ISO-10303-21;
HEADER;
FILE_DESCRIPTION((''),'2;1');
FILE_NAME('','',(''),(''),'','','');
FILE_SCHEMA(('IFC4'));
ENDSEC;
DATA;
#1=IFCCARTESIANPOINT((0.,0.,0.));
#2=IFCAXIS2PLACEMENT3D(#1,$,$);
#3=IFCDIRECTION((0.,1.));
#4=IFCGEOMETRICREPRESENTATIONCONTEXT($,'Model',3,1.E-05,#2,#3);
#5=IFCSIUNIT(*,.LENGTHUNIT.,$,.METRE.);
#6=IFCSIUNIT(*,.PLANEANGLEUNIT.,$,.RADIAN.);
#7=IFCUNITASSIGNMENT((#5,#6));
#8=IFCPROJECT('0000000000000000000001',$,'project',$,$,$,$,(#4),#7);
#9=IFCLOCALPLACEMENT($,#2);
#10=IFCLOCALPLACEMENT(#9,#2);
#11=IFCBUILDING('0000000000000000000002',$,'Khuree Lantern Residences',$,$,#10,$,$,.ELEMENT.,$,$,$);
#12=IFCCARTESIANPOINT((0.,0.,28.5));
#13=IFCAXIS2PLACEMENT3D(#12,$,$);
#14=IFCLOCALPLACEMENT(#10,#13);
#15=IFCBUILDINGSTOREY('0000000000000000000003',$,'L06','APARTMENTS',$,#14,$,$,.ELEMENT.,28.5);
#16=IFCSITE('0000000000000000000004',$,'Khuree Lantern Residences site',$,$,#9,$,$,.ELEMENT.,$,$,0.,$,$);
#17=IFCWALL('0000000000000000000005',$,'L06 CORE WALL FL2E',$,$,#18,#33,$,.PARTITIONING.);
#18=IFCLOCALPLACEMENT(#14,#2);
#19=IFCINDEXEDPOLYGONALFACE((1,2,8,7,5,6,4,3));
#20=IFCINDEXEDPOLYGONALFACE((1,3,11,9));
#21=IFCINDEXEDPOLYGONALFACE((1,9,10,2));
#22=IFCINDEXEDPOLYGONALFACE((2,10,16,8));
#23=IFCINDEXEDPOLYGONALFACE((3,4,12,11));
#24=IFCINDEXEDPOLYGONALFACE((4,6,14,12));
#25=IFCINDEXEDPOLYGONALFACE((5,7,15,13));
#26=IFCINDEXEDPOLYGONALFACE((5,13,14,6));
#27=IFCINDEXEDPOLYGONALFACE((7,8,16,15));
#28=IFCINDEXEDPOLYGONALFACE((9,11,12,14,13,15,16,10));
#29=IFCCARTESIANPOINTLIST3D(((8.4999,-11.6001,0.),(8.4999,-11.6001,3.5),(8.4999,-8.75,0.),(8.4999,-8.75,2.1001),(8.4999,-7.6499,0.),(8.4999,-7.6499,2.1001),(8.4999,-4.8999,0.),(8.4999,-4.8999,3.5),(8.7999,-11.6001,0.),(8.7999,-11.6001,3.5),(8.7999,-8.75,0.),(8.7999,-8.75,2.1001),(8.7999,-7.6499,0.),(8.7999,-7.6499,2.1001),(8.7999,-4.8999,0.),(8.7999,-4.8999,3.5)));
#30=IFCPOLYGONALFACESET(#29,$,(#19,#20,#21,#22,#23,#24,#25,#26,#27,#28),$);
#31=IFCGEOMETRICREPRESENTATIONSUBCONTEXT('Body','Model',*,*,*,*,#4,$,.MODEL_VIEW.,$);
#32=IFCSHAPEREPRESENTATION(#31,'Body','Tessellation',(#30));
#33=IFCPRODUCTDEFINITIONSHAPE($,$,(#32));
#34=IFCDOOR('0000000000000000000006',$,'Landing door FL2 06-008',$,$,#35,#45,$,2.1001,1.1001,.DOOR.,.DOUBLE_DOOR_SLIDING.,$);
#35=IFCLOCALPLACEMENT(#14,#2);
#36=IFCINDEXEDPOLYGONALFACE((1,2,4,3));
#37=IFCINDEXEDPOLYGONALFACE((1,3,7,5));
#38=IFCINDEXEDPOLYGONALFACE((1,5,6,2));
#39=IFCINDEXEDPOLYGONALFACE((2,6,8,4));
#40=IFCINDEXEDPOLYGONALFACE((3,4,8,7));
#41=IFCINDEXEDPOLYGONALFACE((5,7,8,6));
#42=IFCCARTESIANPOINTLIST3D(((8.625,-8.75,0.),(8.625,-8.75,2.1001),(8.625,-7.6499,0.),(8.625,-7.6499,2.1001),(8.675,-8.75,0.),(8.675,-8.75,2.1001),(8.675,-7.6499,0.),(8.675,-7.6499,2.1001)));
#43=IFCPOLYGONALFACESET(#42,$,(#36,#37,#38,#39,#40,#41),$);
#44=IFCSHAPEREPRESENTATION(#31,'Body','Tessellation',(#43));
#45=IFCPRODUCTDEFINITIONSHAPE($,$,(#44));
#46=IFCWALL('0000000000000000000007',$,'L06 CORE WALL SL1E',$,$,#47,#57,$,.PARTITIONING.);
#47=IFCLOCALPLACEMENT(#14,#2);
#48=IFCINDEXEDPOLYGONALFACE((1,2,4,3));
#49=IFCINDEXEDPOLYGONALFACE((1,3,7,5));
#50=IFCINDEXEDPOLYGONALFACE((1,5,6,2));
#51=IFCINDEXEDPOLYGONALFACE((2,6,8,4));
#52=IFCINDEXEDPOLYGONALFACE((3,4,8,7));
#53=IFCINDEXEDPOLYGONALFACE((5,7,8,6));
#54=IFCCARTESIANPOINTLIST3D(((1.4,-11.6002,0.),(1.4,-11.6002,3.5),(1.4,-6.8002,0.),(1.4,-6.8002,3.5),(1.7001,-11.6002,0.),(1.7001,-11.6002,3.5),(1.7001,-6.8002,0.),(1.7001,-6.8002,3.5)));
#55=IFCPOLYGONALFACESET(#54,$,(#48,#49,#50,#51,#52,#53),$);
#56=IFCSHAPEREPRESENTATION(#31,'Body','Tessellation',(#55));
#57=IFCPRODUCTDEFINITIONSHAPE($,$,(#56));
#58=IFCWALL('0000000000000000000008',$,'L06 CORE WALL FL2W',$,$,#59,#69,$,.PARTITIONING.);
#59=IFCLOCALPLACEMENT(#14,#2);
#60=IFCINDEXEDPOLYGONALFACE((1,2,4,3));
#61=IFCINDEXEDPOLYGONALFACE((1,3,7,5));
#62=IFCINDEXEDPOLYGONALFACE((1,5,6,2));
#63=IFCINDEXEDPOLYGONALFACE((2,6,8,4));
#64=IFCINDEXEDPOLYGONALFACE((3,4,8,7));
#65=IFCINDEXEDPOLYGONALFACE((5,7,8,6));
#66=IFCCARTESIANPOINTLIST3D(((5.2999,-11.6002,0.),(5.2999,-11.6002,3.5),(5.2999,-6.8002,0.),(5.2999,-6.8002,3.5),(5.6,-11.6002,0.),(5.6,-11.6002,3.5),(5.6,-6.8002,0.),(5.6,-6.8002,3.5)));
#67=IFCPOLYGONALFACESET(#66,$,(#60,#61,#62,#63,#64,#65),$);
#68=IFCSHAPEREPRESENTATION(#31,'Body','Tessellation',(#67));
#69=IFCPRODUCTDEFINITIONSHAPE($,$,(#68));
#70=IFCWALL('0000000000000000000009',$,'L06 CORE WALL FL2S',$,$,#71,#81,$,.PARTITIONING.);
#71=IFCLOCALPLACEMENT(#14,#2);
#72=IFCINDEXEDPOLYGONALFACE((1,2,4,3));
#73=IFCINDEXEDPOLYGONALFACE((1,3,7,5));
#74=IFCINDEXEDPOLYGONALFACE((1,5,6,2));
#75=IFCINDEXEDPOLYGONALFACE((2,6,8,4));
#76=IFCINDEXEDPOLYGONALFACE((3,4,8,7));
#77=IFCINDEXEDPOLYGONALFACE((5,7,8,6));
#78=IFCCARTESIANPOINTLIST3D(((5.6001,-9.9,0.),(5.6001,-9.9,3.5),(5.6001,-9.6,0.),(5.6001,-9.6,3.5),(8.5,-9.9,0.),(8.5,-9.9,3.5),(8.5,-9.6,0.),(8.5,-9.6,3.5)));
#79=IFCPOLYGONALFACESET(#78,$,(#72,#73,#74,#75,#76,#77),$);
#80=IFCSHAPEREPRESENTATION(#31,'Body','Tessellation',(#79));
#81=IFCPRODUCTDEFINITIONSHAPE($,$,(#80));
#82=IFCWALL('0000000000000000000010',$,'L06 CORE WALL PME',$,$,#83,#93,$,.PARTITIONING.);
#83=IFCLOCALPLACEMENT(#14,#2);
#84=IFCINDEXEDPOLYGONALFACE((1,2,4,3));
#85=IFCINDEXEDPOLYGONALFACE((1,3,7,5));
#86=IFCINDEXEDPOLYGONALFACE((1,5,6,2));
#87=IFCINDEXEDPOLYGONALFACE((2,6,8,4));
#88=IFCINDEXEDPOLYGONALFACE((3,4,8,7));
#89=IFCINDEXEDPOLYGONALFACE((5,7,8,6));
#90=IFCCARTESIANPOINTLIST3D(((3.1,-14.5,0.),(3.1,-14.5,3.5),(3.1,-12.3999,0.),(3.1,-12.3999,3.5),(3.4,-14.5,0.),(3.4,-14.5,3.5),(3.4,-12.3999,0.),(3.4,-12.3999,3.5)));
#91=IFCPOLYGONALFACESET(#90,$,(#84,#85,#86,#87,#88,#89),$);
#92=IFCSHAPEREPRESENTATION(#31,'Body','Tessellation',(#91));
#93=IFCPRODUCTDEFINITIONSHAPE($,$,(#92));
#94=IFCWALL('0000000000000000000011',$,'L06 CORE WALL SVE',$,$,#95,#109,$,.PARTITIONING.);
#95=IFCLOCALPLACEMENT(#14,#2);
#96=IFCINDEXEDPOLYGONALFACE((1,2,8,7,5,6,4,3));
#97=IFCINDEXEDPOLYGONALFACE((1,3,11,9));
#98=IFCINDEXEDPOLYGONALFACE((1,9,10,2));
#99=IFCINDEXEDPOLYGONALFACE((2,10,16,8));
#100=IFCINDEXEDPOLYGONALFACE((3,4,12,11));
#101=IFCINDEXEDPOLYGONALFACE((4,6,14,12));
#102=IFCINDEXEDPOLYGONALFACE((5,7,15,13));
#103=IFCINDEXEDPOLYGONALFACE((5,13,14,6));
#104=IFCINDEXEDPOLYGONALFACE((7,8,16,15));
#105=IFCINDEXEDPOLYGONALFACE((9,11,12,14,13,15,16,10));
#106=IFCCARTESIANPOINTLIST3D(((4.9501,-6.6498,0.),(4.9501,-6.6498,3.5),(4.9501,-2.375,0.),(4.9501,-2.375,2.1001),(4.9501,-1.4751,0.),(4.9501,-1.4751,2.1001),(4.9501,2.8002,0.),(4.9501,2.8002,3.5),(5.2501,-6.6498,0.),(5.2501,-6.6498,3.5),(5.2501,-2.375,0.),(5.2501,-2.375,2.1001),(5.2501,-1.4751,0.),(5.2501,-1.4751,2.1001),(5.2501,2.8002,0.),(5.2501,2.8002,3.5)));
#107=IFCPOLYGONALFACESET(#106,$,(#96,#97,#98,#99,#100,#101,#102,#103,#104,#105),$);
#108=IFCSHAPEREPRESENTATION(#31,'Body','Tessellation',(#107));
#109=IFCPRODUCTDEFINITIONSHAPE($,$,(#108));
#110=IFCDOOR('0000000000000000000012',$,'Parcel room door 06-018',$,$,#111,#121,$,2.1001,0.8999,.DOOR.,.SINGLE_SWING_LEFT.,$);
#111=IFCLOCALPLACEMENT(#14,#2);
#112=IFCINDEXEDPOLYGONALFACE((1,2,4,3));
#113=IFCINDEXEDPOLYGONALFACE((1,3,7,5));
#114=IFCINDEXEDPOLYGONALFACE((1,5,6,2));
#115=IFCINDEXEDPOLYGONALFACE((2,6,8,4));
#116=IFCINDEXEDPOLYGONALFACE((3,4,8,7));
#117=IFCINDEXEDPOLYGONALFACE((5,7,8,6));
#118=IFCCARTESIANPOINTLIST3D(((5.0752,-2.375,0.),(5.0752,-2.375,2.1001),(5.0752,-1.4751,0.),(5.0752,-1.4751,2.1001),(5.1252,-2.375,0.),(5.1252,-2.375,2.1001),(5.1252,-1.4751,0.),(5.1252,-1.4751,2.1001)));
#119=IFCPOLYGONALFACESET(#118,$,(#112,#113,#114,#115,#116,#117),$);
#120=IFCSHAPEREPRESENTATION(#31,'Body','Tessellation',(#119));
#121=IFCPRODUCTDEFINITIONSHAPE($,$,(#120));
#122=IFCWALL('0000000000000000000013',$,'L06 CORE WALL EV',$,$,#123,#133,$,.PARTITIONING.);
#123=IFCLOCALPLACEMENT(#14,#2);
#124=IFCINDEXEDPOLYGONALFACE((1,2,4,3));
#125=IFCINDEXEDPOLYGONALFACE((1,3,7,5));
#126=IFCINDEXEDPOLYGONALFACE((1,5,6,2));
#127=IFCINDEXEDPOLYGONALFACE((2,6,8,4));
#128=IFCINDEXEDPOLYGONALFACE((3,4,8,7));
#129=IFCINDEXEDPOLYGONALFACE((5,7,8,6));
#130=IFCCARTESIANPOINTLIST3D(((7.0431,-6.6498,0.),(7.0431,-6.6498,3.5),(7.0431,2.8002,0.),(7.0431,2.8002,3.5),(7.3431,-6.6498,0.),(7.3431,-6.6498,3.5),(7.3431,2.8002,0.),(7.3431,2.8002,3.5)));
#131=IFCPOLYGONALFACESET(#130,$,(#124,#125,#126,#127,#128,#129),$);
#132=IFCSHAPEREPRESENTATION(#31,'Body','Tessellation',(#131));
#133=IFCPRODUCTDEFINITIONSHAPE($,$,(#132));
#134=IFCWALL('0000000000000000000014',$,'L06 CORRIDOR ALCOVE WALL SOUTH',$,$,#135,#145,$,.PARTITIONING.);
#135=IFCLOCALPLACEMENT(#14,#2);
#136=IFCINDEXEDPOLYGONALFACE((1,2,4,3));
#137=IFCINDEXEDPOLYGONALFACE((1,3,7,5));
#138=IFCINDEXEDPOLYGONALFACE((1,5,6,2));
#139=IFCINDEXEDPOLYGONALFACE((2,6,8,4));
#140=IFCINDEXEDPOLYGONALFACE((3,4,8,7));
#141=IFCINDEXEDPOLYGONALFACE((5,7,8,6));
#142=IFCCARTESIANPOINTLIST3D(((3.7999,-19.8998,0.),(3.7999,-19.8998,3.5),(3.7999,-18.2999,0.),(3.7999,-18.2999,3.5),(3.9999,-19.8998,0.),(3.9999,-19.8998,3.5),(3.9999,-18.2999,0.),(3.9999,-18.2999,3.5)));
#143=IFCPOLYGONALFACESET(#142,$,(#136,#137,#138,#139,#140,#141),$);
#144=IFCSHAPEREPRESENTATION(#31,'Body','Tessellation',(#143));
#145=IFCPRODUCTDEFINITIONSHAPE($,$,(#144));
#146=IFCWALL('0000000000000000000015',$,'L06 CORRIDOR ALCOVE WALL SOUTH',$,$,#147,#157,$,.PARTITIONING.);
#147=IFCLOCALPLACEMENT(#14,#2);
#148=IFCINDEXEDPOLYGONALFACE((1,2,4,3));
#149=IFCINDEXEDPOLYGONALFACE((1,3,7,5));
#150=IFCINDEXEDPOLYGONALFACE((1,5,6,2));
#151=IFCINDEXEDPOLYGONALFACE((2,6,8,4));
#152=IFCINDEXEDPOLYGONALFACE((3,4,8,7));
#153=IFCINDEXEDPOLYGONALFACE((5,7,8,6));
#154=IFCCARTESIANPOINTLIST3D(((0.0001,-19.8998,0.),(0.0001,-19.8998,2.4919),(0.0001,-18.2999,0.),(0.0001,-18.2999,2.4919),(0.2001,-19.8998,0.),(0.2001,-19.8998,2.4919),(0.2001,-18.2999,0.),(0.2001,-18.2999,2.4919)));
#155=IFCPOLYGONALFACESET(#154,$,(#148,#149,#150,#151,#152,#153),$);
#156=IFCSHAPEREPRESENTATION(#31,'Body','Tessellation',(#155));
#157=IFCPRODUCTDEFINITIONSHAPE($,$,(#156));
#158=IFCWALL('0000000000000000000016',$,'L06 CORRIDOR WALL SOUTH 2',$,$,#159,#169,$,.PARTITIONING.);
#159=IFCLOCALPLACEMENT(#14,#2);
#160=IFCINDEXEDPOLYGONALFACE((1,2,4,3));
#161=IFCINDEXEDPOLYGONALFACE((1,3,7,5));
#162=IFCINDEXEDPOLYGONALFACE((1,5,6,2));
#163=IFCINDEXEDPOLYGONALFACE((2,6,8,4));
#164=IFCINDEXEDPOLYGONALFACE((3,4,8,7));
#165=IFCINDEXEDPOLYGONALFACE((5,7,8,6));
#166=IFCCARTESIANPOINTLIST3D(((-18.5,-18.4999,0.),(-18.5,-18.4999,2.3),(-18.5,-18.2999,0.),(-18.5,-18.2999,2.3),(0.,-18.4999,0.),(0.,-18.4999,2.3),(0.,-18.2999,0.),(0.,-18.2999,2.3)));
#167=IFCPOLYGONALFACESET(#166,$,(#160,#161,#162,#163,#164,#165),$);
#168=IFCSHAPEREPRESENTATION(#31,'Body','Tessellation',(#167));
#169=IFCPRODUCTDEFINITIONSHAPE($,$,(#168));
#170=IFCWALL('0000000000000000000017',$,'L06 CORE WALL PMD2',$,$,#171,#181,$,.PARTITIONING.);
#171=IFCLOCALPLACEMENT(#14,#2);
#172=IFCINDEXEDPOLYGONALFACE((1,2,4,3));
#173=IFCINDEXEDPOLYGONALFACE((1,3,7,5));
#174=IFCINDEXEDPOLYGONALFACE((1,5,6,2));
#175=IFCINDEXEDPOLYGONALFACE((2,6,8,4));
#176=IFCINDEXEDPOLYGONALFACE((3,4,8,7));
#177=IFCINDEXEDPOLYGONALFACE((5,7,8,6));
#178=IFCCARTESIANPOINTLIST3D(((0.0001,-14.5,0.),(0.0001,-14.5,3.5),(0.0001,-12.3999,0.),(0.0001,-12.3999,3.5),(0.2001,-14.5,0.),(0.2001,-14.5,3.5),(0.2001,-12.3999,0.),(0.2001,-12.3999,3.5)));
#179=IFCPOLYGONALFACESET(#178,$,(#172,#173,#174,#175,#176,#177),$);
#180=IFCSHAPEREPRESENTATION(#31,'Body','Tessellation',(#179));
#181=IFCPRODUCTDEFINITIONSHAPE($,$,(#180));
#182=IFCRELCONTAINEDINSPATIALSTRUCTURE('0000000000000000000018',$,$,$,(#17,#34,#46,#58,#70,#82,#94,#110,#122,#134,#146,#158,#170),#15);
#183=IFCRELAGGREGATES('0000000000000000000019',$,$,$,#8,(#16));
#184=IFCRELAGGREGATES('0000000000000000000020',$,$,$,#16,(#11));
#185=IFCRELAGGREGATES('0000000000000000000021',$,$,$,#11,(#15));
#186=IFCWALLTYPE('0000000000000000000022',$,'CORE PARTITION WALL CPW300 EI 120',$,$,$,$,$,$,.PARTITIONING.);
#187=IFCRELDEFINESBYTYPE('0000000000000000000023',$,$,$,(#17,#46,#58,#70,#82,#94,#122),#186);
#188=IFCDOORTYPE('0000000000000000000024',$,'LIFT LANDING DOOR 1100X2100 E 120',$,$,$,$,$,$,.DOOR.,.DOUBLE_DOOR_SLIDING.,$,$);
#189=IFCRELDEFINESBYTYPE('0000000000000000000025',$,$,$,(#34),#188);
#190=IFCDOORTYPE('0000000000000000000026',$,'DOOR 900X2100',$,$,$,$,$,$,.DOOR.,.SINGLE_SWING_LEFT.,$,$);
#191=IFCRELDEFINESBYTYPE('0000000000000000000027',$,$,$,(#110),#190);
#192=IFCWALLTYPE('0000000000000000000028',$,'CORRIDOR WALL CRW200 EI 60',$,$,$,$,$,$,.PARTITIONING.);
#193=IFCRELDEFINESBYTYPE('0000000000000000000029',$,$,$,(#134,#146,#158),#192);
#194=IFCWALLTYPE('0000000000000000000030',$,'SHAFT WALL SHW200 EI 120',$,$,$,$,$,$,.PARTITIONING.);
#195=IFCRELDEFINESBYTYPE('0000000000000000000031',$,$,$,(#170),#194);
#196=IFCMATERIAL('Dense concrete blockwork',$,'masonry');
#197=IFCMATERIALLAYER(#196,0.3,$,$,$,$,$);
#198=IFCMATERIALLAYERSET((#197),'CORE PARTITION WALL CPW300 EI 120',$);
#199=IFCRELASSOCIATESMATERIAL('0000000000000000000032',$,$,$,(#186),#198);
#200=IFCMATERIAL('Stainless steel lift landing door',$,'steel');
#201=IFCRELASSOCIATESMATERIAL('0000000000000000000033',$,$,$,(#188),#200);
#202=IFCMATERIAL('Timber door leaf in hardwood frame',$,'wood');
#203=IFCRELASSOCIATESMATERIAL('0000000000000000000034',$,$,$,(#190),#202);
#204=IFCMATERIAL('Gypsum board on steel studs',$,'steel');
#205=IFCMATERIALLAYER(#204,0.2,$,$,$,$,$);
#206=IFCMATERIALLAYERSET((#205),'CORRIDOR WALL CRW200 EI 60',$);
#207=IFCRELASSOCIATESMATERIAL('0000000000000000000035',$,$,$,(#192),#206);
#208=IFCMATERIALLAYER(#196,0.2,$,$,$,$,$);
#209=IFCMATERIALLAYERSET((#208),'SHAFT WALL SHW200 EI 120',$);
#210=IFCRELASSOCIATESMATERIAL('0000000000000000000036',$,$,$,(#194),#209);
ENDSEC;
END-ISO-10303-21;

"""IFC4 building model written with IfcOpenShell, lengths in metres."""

from ifc_helpers import new_model, si_unit, direction, frame, frame_2d, origin, place, context, subcontext, project, spatial, rectangle, extrude, material, layer, layer_set, type_object, element, fill, save


model = new_model("IFC4")

# Units and contexts
model_context = context("Model", 3, precision=1e-05, world=origin(), true_north=direction((0.0, 1.0)))
body_context = subcontext(model_context, "Body", "Model", "MODEL_VIEW")
ifc_project = project(units=[si_unit("LENGTHUNIT", "METRE"), si_unit("PLANEANGLEUNIT", "RADIAN")], contexts=[model_context])

# Site, building, storey
site_placement = place(None, origin())
site = spatial("IfcSite", under=ifc_project, at=site_placement, Name="Khuree Lantern Residences site", CompositionType="ELEMENT", RefElevation=0.0)
building_placement = place(site_placement, origin())
building = spatial("IfcBuilding", under=site, at=building_placement, Name="Khuree Lantern Residences", CompositionType="ELEMENT")
storey_placement = place(building_placement, frame((0.0, 0.0, 28.5)))
storey = spatial("IfcBuildingStorey", under=building, at=storey_placement, Name="L06", Description="APARTMENTS", CompositionType="ELEMENT", Elevation=28.5)

# Wall, opening, door
ifc_material_1 = material(Name="Dense concrete blockwork", Category="masonry")
ifc_layer_1 = layer(ifc_material_1, 0.3)
ifc_layer_set_1 = layer_set([ifc_layer_1], Name="CORE PARTITION WALL CPW300 EI 120")
wall_type_1 = type_object("IfcWallType", Name="CORE PARTITION WALL CPW300 EI 120", PredefinedType="PARTITIONING", material=ifc_layer_set_1)
wall_1_placement = place(storey_placement, frame((8.6499, -11.6001, 0.0), z_axis=(0.0, 0.0, 1.0), x_axis=(0.0, 1.0, 0.0)))
wall_1 = element("IfcWall", 1, at=wall_1_placement, inside=storey, type_object=wall_type_1, Name="L06 CORE WALL FL2E", PredefinedType="PARTITIONING", context=body_context, shape_type="SweptSolid", body=[
    extrude(rectangle(XDim=6.7002, YDim=0.3, at=frame_2d((3.3501, 0.0))), origin(), (0.0, 0.0, 1.0), 3.5),
])
opening_1_placement = place(wall_1_placement, frame((2.8501, 0.0, 0.0)))
opening_1 = element("IfcOpeningElement", 2, at=opening_1_placement, cuts=wall_1, PredefinedType="OPENING", context=body_context, shape_type="SweptSolid", body=[
    extrude(rectangle(XDim=1.1001, YDim=2.1001, at=frame_2d((0.55, 1.05))), frame((0.0, 0.1602, 0.0), z_axis=(0.0, -1.0, 0.0), x_axis=(1.0, 0.0, 0.0)), (0.0, 0.0, 1.0), 0.3201),
])
ifc_material_2 = material(Name="Stainless steel lift landing door", Category="steel")
door_type_1 = type_object("IfcDoorType", Name="LIFT LANDING DOOR 1100X2100 E 120", OperationType="DOUBLE_DOOR_SLIDING", PredefinedType="DOOR", material=ifc_material_2)
door_1_placement = place(opening_1_placement, origin())
door_1 = element("IfcDoor", 3, at=door_1_placement, inside=storey, type_object=door_type_1, Name="Landing door FL2 06-008", OperationType="DOUBLE_DOOR_SLIDING", OverallHeight=2.1001, OverallWidth=1.1001, PredefinedType="DOOR", context=body_context, shape_type="SweptSolid", body=[
    extrude(rectangle(XDim=1.1001, YDim=2.1001, at=frame_2d((0.55, 1.05))), frame((0.0, 0.0249, 0.0), z_axis=(0.0, -1.0, 0.0), x_axis=(1.0, 0.0, 0.0)), (0.0, 0.0, 1.0), 0.05),
])
fill(opening_1, door_1)

# Walls
for number, where, z_axis, x_axis, name in (
    (4, (1.55, -11.6001, 0.0), (0.0, 0.0, 1.0), (0.0, 1.0, 0.0), "L06 CORE WALL SL1E"),
    (5, (5.45, -11.6001, 0.0), (0.0, 0.0, 1.0), (0.0, 1.0, 0.0), "L06 CORE WALL FL2W"),
):
    element("IfcWall", number, at=place(storey_placement, frame(where, z_axis=z_axis, x_axis=x_axis)), inside=storey, type_object=wall_type_1, Name=name, PredefinedType="PARTITIONING", context=body_context, shape_type="SweptSolid", body=[
        extrude(rectangle(XDim=4.8, YDim=0.3, at=frame_2d((2.3999, 0.0))), origin(), (0.0, 0.0, 1.0), 3.5),
    ])
wall_2_placement = place(storey_placement, frame((5.6001, -9.75, 0.0), z_axis=(0.0, 0.0, 1.0), x_axis=(1.0, 0.0, 0.0)))
element("IfcWall", 6, at=wall_2_placement, inside=storey, type_object=wall_type_1, Name="L06 CORE WALL FL2S", PredefinedType="PARTITIONING", context=body_context, shape_type="SweptSolid", body=[
    extrude(rectangle(XDim=2.8999, YDim=0.3, at=frame_2d((1.45, 0.0))), origin(), (0.0, 0.0, 1.0), 3.5),
])
wall_3_placement = place(storey_placement, frame((3.25, -14.5, 0.0), z_axis=(0.0, 0.0, 1.0), x_axis=(0.0, 1.0, 0.0)))
element("IfcWall", 7, at=wall_3_placement, inside=storey, type_object=wall_type_1, Name="L06 CORE WALL PME", PredefinedType="PARTITIONING", context=body_context, shape_type="SweptSolid", body=[
    extrude(rectangle(XDim=2.1001, YDim=0.3, at=frame_2d((1.05, 0.0))), origin(), (0.0, 0.0, 1.0), 3.5),
])

# Wall, opening, door
wall_4_placement = place(storey_placement, frame((5.1001, -6.6499, 0.0), z_axis=(0.0, 0.0, 1.0), x_axis=(0.0, 1.0, 0.0)))
wall_4 = element("IfcWall", 8, at=wall_4_placement, inside=storey, type_object=wall_type_1, Name="L06 CORE WALL SVE", PredefinedType="PARTITIONING", context=body_context, shape_type="SweptSolid", body=[
    extrude(rectangle(XDim=9.45, YDim=0.3, at=frame_2d((4.7251, 0.0))), origin(), (0.0, 0.0, 1.0), 3.5),
])
opening_2_placement = place(wall_4_placement, frame((4.2749, 0.0, 0.0)))
opening_2 = element("IfcOpeningElement", 9, at=opening_2_placement, cuts=wall_4, PredefinedType="OPENING", context=body_context, shape_type="SweptSolid", body=[
    extrude(rectangle(XDim=0.8999, YDim=2.1001, at=frame_2d((0.45, 1.05))), frame((0.0, 0.1602, 0.0), z_axis=(0.0, -1.0, 0.0), x_axis=(1.0, 0.0, 0.0)), (0.0, 0.0, 1.0), 0.3201),
])
ifc_material_3 = material(Name="Timber door leaf in hardwood frame", Category="wood")
door_type_2 = type_object("IfcDoorType", Name="DOOR 900X2100", OperationType="SINGLE_SWING_LEFT", PredefinedType="DOOR", material=ifc_material_3)
door_2_placement = place(opening_2_placement, origin())
door_2 = element("IfcDoor", 10, at=door_2_placement, inside=storey, type_object=door_type_2, Name="Parcel room door 06-018", OperationType="SINGLE_SWING_LEFT", OverallHeight=2.1001, OverallWidth=0.8999, PredefinedType="DOOR", context=body_context, shape_type="SweptSolid", body=[
    extrude(rectangle(XDim=0.8999, YDim=2.1001, at=frame_2d((0.45, 1.05))), frame((0.0, 0.0249, 0.0), z_axis=(0.0, -1.0, 0.0), x_axis=(1.0, 0.0, 0.0)), (0.0, 0.0, 1.0), 0.05),
])
fill(opening_2, door_2)

# Walls
wall_5_placement = place(storey_placement, frame((7.1931, -6.6499, 0.0), z_axis=(0.0, 0.0, 1.0), x_axis=(0.0, 1.0, 0.0)))
element("IfcWall", 11, at=wall_5_placement, inside=storey, type_object=wall_type_1, Name="L06 CORE WALL EV", PredefinedType="PARTITIONING", context=body_context, shape_type="SweptSolid", body=[
    extrude(rectangle(XDim=9.45, YDim=0.3, at=frame_2d((4.7251, 0.0))), origin(), (0.0, 0.0, 1.0), 3.5),
])
ifc_material_4 = material(Name="Gypsum board on steel studs", Category="steel")
ifc_layer_2 = layer(ifc_material_4, 0.2)
ifc_layer_set_2 = layer_set([ifc_layer_2], Name="CORRIDOR WALL CRW200 EI 60")
wall_type_2 = type_object("IfcWallType", Name="CORRIDOR WALL CRW200 EI 60", PredefinedType="PARTITIONING", material=ifc_layer_set_2)
wall_6_placement = place(storey_placement, frame((3.8999, -18.3, 0.0), z_axis=(0.0, 0.0, 1.0), x_axis=(0.0, -1.0, 0.0)))
element("IfcWall", 12, at=wall_6_placement, inside=storey, type_object=wall_type_2, Name="L06 CORRIDOR ALCOVE WALL SOUTH", PredefinedType="PARTITIONING", context=body_context, shape_type="SweptSolid", body=[
    extrude(rectangle(XDim=1.5999, YDim=0.2, at=frame_2d((0.7998, 0.0))), origin(), (0.0, 0.0, 1.0), 3.5),
])
wall_7_placement = place(storey_placement, frame((0.1001, -18.3, 0.0), z_axis=(0.0, 0.0, 1.0), x_axis=(0.0, -1.0, 0.0)))
element("IfcWall", 13, at=wall_7_placement, inside=storey, type_object=wall_type_2, Name="L06 CORRIDOR ALCOVE WALL SOUTH", PredefinedType="PARTITIONING", context=body_context, shape_type="SweptSolid", body=[
    extrude(rectangle(XDim=1.5999, YDim=0.2, at=frame_2d((0.7998, 0.0))), origin(), (0.0, 0.0, 1.0), 2.4919),
])
wall_8_placement = place(storey_placement, frame((0.0, -18.3999, 0.0), z_axis=(0.0, 0.0, 1.0), x_axis=(-1.0, 0.0, 0.0)))
element("IfcWall", 14, at=wall_8_placement, inside=storey, type_object=wall_type_2, Name="L06 CORRIDOR WALL SOUTH 2", PredefinedType="PARTITIONING", context=body_context, shape_type="SweptSolid", body=[
    extrude(rectangle(XDim=18.5, YDim=0.2, at=frame_2d((9.25, 0.0))), origin(), (0.0, 0.0, 1.0), 2.3),
])
ifc_layer_3 = layer(ifc_material_1, 0.2)
ifc_layer_set_3 = layer_set([ifc_layer_3], Name="SHAFT WALL SHW200 EI 120")
wall_type_3 = type_object("IfcWallType", Name="SHAFT WALL SHW200 EI 120", PredefinedType="PARTITIONING", material=ifc_layer_set_3)
wall_9_placement = place(storey_placement, frame((0.1001, -14.5, 0.0), z_axis=(0.0, 0.0, 1.0), x_axis=(0.0, 1.0, 0.0)))
element("IfcWall", 15, at=wall_9_placement, inside=storey, type_object=wall_type_3, Name="L06 CORE WALL PMD2", PredefinedType="PARTITIONING", context=body_context, shape_type="SweptSolid", body=[
    extrude(rectangle(XDim=2.1001, YDim=0.2, at=frame_2d((1.05, 0.0))), origin(), (0.0, 0.0, 1.0), 3.5),
])

save(model, "model.ifc")
